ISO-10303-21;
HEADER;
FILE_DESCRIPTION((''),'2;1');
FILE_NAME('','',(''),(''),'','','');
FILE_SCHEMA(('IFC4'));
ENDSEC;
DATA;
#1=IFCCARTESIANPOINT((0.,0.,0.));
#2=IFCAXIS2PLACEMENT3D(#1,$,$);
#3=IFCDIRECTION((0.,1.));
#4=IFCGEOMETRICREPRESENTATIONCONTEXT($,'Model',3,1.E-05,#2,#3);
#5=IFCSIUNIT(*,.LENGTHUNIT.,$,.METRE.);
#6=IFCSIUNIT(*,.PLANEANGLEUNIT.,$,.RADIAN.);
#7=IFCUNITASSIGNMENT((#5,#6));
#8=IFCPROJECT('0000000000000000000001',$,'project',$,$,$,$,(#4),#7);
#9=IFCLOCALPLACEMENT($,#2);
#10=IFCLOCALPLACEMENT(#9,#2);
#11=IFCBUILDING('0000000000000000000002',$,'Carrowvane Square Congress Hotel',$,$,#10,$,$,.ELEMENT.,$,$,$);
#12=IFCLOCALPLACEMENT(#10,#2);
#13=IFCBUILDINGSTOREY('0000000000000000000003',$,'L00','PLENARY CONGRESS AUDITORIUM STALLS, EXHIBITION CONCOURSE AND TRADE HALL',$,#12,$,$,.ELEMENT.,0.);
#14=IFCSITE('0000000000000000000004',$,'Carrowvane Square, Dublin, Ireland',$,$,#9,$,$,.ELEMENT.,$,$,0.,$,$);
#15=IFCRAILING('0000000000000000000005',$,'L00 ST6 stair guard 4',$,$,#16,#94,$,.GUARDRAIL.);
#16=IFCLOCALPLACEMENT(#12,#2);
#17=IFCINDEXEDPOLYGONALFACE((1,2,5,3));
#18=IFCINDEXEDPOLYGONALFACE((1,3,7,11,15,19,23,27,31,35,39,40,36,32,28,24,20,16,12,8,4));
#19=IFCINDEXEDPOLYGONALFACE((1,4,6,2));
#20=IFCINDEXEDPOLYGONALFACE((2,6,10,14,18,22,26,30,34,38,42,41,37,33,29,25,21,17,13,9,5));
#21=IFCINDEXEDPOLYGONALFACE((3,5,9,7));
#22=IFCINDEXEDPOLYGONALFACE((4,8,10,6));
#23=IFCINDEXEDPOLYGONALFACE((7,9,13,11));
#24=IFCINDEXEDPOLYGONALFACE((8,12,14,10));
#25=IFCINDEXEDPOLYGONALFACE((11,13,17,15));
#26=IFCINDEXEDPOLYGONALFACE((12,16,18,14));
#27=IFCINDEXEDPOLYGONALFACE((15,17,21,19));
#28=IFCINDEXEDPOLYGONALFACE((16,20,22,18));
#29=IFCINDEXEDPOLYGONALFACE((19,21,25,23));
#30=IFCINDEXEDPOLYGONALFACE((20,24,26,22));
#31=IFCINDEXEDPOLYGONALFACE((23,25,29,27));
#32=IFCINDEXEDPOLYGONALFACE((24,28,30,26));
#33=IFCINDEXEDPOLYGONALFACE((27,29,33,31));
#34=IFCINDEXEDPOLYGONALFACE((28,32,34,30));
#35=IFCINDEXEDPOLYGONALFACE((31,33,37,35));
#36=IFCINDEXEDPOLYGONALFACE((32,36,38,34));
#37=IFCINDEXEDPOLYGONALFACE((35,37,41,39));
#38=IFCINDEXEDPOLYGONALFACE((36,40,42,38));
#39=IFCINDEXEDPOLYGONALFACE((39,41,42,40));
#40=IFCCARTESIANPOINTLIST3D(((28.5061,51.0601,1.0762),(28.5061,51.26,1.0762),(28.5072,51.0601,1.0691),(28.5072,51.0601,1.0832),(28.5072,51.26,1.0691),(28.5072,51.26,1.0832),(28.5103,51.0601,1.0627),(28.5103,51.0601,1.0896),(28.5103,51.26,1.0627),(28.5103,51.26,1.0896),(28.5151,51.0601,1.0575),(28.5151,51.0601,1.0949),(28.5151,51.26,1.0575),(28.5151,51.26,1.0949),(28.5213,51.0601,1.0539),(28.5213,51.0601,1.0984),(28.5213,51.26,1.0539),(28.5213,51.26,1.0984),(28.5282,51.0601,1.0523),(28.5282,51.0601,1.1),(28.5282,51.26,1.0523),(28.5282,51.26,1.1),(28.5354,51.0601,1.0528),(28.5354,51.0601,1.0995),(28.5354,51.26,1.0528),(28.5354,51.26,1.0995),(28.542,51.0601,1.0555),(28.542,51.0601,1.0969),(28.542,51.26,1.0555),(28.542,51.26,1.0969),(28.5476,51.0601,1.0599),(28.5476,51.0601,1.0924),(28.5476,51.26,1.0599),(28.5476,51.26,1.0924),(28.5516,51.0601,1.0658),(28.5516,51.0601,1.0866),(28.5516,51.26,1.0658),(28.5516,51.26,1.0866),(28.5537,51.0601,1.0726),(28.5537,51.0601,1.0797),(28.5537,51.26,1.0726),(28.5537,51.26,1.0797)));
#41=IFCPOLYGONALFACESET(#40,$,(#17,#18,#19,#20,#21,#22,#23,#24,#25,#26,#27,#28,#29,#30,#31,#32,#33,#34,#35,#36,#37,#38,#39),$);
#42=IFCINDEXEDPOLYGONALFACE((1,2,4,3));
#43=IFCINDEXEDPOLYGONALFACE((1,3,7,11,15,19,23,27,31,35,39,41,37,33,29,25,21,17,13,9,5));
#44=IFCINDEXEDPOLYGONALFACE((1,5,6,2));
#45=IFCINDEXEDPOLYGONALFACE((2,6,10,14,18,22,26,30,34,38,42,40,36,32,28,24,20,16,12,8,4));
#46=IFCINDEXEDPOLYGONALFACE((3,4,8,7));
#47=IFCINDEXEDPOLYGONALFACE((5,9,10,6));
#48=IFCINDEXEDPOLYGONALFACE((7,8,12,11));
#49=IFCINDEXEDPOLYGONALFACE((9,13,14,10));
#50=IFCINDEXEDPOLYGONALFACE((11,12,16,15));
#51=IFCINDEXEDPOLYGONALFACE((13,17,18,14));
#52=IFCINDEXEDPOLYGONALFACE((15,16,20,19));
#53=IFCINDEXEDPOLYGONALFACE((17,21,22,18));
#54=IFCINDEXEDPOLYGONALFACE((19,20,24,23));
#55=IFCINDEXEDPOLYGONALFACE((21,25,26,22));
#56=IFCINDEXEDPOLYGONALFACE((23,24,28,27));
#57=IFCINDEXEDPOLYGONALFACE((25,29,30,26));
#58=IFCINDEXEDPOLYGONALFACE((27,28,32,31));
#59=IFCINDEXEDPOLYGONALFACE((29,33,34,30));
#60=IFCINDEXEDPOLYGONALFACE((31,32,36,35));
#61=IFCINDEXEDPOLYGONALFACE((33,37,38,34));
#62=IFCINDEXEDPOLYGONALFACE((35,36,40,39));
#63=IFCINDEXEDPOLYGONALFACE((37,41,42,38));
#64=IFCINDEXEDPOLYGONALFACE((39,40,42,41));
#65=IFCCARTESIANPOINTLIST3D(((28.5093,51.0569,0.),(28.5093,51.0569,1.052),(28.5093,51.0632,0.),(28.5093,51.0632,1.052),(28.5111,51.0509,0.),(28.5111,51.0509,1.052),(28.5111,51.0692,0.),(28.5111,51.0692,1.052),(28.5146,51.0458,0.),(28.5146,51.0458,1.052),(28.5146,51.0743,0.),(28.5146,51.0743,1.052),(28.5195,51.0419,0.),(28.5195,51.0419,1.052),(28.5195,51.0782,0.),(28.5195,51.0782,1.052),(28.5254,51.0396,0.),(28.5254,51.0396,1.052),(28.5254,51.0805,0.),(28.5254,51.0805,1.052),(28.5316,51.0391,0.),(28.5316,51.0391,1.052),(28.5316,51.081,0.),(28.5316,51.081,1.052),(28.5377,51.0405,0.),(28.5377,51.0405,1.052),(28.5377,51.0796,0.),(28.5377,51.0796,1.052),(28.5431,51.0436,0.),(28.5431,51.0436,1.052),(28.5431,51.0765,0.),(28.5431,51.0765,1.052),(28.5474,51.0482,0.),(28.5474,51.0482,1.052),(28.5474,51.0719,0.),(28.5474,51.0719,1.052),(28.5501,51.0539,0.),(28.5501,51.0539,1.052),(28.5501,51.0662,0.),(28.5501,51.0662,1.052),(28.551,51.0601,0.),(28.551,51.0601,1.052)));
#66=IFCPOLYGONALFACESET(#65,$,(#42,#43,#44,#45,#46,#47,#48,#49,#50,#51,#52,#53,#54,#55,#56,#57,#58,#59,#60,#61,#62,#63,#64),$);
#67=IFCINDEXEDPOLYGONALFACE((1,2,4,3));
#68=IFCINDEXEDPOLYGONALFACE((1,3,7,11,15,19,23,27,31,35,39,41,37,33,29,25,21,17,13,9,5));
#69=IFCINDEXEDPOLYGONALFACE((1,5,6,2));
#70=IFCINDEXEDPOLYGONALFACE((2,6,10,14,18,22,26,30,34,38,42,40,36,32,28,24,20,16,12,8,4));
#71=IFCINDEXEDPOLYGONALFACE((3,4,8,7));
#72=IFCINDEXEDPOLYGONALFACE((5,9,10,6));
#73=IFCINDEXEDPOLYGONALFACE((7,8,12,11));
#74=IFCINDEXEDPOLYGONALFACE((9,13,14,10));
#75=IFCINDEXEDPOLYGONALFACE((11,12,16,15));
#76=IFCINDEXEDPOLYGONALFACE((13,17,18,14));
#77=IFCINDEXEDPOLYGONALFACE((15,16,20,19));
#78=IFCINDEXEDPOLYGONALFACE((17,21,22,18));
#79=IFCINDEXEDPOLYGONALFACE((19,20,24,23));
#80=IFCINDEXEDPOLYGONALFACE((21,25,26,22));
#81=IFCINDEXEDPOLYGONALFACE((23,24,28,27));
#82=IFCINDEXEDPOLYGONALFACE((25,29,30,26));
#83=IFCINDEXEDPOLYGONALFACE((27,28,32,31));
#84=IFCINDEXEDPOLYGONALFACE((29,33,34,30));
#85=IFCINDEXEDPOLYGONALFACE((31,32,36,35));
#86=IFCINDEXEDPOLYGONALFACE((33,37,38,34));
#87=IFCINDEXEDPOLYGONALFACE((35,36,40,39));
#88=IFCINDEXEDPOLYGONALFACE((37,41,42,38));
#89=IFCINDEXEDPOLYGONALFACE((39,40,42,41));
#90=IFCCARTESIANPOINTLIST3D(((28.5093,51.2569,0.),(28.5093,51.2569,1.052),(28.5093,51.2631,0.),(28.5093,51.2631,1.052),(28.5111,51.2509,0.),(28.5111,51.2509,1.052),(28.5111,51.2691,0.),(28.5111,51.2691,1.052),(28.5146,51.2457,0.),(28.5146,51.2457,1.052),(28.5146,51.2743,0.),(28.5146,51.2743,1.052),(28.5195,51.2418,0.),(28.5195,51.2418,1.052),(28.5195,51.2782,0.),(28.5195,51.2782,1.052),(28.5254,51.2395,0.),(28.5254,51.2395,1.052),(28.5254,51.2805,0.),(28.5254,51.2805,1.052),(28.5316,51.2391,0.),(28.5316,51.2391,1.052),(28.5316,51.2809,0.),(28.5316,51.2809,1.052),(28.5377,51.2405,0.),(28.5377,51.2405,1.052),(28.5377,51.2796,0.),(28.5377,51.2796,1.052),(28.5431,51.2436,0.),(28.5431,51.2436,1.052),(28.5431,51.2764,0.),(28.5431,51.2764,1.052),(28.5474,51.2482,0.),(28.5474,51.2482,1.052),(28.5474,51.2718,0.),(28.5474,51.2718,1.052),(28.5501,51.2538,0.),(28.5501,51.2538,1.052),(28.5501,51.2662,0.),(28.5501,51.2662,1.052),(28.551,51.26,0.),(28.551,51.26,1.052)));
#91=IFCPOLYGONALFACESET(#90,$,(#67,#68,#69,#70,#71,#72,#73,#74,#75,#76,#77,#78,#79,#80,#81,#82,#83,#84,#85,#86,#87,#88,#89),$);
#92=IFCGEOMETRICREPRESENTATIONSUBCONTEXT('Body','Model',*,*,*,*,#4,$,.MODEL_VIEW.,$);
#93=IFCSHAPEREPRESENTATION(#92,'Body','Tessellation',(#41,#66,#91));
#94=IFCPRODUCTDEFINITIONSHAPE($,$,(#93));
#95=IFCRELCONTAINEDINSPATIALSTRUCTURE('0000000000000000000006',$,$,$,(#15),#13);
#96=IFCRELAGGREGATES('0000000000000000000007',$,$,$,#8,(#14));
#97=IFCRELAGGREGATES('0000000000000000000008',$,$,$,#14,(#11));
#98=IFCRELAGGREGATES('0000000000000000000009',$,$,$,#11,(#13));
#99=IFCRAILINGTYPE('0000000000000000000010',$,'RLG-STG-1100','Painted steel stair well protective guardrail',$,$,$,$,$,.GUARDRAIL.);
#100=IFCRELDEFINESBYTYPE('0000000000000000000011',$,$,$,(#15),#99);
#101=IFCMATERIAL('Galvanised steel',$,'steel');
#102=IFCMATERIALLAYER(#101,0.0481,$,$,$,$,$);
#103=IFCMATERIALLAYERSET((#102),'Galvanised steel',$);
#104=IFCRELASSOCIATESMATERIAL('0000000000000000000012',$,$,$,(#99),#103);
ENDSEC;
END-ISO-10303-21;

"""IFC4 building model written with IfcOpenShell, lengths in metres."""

from ifc_helpers import new_model, si_unit, direction, frame, origin, origin_2d, place, context, subcontext, project, spatial, circle, extrude, material, layer, layer_set, type_object, element, save


model = new_model("IFC4")

# Units and contexts
model_context = context("Model", 3, precision=1e-05, world=origin(), true_north=direction((0.0, 1.0)))
body_context = subcontext(model_context, "Body", "Model", "MODEL_VIEW")
ifc_project = project(units=[si_unit("LENGTHUNIT", "METRE"), si_unit("PLANEANGLEUNIT", "RADIAN")], contexts=[model_context])

# Site, building, storey
site_placement = place(None, origin())
site = spatial("IfcSite", under=ifc_project, at=site_placement, Name="Carrowvane Square, Dublin, Ireland", CompositionType="ELEMENT", RefElevation=0.0)
building_placement = place(site_placement, origin())
building = spatial("IfcBuilding", under=site, at=building_placement, Name="Carrowvane Square Congress Hotel", CompositionType="ELEMENT")
storey_placement = place(building_placement, origin())
storey = spatial("IfcBuildingStorey", under=building, at=storey_placement, Name="L00", Description="PLENARY CONGRESS AUDITORIUM STALLS, EXHIBITION CONCOURSE AND TRADE HALL", CompositionType="ELEMENT", Elevation=0.0)

# Railing
ifc_material_1 = material(Name="Galvanised steel", Category="steel")
ifc_layer_1 = layer(ifc_material_1, 0.0481)
ifc_layer_set_1 = layer_set([ifc_layer_1], Name="Galvanised steel")
railing_type_1 = type_object("IfcRailingType", Name="RLG-STG-1100", Description="Painted steel stair well protective guardrail", PredefinedType="GUARDRAIL", material=ifc_layer_set_1)
railing_1_placement = place(storey_placement, frame((28.53, 51.0601, 0.0)))
element("IfcRailing", 1, at=railing_1_placement, inside=storey, type_object=railing_type_1, Name="L00 ST6 stair guard 4", PredefinedType="GUARDRAIL", context=body_context, shape_type="SweptSolid", body=[
    extrude(circle(Radius=0.0239, at=origin_2d()), frame((0.0, 0.0, 1.0762), z_axis=(0.0, 1.0, 0.0), x_axis=(-1.0, 0.0, 0.0)), (0.0, 0.0, 1.0), 0.2),
    extrude(circle(Radius=0.021, at=origin_2d()), origin(), (0.0, 0.0, 1.0), 1.052),
    extrude(circle(Radius=0.021, at=origin_2d()), frame((0.0, 0.2, 0.0)), (0.0, 0.0, 1.0), 1.052),
])

save(model, "model.ifc")
